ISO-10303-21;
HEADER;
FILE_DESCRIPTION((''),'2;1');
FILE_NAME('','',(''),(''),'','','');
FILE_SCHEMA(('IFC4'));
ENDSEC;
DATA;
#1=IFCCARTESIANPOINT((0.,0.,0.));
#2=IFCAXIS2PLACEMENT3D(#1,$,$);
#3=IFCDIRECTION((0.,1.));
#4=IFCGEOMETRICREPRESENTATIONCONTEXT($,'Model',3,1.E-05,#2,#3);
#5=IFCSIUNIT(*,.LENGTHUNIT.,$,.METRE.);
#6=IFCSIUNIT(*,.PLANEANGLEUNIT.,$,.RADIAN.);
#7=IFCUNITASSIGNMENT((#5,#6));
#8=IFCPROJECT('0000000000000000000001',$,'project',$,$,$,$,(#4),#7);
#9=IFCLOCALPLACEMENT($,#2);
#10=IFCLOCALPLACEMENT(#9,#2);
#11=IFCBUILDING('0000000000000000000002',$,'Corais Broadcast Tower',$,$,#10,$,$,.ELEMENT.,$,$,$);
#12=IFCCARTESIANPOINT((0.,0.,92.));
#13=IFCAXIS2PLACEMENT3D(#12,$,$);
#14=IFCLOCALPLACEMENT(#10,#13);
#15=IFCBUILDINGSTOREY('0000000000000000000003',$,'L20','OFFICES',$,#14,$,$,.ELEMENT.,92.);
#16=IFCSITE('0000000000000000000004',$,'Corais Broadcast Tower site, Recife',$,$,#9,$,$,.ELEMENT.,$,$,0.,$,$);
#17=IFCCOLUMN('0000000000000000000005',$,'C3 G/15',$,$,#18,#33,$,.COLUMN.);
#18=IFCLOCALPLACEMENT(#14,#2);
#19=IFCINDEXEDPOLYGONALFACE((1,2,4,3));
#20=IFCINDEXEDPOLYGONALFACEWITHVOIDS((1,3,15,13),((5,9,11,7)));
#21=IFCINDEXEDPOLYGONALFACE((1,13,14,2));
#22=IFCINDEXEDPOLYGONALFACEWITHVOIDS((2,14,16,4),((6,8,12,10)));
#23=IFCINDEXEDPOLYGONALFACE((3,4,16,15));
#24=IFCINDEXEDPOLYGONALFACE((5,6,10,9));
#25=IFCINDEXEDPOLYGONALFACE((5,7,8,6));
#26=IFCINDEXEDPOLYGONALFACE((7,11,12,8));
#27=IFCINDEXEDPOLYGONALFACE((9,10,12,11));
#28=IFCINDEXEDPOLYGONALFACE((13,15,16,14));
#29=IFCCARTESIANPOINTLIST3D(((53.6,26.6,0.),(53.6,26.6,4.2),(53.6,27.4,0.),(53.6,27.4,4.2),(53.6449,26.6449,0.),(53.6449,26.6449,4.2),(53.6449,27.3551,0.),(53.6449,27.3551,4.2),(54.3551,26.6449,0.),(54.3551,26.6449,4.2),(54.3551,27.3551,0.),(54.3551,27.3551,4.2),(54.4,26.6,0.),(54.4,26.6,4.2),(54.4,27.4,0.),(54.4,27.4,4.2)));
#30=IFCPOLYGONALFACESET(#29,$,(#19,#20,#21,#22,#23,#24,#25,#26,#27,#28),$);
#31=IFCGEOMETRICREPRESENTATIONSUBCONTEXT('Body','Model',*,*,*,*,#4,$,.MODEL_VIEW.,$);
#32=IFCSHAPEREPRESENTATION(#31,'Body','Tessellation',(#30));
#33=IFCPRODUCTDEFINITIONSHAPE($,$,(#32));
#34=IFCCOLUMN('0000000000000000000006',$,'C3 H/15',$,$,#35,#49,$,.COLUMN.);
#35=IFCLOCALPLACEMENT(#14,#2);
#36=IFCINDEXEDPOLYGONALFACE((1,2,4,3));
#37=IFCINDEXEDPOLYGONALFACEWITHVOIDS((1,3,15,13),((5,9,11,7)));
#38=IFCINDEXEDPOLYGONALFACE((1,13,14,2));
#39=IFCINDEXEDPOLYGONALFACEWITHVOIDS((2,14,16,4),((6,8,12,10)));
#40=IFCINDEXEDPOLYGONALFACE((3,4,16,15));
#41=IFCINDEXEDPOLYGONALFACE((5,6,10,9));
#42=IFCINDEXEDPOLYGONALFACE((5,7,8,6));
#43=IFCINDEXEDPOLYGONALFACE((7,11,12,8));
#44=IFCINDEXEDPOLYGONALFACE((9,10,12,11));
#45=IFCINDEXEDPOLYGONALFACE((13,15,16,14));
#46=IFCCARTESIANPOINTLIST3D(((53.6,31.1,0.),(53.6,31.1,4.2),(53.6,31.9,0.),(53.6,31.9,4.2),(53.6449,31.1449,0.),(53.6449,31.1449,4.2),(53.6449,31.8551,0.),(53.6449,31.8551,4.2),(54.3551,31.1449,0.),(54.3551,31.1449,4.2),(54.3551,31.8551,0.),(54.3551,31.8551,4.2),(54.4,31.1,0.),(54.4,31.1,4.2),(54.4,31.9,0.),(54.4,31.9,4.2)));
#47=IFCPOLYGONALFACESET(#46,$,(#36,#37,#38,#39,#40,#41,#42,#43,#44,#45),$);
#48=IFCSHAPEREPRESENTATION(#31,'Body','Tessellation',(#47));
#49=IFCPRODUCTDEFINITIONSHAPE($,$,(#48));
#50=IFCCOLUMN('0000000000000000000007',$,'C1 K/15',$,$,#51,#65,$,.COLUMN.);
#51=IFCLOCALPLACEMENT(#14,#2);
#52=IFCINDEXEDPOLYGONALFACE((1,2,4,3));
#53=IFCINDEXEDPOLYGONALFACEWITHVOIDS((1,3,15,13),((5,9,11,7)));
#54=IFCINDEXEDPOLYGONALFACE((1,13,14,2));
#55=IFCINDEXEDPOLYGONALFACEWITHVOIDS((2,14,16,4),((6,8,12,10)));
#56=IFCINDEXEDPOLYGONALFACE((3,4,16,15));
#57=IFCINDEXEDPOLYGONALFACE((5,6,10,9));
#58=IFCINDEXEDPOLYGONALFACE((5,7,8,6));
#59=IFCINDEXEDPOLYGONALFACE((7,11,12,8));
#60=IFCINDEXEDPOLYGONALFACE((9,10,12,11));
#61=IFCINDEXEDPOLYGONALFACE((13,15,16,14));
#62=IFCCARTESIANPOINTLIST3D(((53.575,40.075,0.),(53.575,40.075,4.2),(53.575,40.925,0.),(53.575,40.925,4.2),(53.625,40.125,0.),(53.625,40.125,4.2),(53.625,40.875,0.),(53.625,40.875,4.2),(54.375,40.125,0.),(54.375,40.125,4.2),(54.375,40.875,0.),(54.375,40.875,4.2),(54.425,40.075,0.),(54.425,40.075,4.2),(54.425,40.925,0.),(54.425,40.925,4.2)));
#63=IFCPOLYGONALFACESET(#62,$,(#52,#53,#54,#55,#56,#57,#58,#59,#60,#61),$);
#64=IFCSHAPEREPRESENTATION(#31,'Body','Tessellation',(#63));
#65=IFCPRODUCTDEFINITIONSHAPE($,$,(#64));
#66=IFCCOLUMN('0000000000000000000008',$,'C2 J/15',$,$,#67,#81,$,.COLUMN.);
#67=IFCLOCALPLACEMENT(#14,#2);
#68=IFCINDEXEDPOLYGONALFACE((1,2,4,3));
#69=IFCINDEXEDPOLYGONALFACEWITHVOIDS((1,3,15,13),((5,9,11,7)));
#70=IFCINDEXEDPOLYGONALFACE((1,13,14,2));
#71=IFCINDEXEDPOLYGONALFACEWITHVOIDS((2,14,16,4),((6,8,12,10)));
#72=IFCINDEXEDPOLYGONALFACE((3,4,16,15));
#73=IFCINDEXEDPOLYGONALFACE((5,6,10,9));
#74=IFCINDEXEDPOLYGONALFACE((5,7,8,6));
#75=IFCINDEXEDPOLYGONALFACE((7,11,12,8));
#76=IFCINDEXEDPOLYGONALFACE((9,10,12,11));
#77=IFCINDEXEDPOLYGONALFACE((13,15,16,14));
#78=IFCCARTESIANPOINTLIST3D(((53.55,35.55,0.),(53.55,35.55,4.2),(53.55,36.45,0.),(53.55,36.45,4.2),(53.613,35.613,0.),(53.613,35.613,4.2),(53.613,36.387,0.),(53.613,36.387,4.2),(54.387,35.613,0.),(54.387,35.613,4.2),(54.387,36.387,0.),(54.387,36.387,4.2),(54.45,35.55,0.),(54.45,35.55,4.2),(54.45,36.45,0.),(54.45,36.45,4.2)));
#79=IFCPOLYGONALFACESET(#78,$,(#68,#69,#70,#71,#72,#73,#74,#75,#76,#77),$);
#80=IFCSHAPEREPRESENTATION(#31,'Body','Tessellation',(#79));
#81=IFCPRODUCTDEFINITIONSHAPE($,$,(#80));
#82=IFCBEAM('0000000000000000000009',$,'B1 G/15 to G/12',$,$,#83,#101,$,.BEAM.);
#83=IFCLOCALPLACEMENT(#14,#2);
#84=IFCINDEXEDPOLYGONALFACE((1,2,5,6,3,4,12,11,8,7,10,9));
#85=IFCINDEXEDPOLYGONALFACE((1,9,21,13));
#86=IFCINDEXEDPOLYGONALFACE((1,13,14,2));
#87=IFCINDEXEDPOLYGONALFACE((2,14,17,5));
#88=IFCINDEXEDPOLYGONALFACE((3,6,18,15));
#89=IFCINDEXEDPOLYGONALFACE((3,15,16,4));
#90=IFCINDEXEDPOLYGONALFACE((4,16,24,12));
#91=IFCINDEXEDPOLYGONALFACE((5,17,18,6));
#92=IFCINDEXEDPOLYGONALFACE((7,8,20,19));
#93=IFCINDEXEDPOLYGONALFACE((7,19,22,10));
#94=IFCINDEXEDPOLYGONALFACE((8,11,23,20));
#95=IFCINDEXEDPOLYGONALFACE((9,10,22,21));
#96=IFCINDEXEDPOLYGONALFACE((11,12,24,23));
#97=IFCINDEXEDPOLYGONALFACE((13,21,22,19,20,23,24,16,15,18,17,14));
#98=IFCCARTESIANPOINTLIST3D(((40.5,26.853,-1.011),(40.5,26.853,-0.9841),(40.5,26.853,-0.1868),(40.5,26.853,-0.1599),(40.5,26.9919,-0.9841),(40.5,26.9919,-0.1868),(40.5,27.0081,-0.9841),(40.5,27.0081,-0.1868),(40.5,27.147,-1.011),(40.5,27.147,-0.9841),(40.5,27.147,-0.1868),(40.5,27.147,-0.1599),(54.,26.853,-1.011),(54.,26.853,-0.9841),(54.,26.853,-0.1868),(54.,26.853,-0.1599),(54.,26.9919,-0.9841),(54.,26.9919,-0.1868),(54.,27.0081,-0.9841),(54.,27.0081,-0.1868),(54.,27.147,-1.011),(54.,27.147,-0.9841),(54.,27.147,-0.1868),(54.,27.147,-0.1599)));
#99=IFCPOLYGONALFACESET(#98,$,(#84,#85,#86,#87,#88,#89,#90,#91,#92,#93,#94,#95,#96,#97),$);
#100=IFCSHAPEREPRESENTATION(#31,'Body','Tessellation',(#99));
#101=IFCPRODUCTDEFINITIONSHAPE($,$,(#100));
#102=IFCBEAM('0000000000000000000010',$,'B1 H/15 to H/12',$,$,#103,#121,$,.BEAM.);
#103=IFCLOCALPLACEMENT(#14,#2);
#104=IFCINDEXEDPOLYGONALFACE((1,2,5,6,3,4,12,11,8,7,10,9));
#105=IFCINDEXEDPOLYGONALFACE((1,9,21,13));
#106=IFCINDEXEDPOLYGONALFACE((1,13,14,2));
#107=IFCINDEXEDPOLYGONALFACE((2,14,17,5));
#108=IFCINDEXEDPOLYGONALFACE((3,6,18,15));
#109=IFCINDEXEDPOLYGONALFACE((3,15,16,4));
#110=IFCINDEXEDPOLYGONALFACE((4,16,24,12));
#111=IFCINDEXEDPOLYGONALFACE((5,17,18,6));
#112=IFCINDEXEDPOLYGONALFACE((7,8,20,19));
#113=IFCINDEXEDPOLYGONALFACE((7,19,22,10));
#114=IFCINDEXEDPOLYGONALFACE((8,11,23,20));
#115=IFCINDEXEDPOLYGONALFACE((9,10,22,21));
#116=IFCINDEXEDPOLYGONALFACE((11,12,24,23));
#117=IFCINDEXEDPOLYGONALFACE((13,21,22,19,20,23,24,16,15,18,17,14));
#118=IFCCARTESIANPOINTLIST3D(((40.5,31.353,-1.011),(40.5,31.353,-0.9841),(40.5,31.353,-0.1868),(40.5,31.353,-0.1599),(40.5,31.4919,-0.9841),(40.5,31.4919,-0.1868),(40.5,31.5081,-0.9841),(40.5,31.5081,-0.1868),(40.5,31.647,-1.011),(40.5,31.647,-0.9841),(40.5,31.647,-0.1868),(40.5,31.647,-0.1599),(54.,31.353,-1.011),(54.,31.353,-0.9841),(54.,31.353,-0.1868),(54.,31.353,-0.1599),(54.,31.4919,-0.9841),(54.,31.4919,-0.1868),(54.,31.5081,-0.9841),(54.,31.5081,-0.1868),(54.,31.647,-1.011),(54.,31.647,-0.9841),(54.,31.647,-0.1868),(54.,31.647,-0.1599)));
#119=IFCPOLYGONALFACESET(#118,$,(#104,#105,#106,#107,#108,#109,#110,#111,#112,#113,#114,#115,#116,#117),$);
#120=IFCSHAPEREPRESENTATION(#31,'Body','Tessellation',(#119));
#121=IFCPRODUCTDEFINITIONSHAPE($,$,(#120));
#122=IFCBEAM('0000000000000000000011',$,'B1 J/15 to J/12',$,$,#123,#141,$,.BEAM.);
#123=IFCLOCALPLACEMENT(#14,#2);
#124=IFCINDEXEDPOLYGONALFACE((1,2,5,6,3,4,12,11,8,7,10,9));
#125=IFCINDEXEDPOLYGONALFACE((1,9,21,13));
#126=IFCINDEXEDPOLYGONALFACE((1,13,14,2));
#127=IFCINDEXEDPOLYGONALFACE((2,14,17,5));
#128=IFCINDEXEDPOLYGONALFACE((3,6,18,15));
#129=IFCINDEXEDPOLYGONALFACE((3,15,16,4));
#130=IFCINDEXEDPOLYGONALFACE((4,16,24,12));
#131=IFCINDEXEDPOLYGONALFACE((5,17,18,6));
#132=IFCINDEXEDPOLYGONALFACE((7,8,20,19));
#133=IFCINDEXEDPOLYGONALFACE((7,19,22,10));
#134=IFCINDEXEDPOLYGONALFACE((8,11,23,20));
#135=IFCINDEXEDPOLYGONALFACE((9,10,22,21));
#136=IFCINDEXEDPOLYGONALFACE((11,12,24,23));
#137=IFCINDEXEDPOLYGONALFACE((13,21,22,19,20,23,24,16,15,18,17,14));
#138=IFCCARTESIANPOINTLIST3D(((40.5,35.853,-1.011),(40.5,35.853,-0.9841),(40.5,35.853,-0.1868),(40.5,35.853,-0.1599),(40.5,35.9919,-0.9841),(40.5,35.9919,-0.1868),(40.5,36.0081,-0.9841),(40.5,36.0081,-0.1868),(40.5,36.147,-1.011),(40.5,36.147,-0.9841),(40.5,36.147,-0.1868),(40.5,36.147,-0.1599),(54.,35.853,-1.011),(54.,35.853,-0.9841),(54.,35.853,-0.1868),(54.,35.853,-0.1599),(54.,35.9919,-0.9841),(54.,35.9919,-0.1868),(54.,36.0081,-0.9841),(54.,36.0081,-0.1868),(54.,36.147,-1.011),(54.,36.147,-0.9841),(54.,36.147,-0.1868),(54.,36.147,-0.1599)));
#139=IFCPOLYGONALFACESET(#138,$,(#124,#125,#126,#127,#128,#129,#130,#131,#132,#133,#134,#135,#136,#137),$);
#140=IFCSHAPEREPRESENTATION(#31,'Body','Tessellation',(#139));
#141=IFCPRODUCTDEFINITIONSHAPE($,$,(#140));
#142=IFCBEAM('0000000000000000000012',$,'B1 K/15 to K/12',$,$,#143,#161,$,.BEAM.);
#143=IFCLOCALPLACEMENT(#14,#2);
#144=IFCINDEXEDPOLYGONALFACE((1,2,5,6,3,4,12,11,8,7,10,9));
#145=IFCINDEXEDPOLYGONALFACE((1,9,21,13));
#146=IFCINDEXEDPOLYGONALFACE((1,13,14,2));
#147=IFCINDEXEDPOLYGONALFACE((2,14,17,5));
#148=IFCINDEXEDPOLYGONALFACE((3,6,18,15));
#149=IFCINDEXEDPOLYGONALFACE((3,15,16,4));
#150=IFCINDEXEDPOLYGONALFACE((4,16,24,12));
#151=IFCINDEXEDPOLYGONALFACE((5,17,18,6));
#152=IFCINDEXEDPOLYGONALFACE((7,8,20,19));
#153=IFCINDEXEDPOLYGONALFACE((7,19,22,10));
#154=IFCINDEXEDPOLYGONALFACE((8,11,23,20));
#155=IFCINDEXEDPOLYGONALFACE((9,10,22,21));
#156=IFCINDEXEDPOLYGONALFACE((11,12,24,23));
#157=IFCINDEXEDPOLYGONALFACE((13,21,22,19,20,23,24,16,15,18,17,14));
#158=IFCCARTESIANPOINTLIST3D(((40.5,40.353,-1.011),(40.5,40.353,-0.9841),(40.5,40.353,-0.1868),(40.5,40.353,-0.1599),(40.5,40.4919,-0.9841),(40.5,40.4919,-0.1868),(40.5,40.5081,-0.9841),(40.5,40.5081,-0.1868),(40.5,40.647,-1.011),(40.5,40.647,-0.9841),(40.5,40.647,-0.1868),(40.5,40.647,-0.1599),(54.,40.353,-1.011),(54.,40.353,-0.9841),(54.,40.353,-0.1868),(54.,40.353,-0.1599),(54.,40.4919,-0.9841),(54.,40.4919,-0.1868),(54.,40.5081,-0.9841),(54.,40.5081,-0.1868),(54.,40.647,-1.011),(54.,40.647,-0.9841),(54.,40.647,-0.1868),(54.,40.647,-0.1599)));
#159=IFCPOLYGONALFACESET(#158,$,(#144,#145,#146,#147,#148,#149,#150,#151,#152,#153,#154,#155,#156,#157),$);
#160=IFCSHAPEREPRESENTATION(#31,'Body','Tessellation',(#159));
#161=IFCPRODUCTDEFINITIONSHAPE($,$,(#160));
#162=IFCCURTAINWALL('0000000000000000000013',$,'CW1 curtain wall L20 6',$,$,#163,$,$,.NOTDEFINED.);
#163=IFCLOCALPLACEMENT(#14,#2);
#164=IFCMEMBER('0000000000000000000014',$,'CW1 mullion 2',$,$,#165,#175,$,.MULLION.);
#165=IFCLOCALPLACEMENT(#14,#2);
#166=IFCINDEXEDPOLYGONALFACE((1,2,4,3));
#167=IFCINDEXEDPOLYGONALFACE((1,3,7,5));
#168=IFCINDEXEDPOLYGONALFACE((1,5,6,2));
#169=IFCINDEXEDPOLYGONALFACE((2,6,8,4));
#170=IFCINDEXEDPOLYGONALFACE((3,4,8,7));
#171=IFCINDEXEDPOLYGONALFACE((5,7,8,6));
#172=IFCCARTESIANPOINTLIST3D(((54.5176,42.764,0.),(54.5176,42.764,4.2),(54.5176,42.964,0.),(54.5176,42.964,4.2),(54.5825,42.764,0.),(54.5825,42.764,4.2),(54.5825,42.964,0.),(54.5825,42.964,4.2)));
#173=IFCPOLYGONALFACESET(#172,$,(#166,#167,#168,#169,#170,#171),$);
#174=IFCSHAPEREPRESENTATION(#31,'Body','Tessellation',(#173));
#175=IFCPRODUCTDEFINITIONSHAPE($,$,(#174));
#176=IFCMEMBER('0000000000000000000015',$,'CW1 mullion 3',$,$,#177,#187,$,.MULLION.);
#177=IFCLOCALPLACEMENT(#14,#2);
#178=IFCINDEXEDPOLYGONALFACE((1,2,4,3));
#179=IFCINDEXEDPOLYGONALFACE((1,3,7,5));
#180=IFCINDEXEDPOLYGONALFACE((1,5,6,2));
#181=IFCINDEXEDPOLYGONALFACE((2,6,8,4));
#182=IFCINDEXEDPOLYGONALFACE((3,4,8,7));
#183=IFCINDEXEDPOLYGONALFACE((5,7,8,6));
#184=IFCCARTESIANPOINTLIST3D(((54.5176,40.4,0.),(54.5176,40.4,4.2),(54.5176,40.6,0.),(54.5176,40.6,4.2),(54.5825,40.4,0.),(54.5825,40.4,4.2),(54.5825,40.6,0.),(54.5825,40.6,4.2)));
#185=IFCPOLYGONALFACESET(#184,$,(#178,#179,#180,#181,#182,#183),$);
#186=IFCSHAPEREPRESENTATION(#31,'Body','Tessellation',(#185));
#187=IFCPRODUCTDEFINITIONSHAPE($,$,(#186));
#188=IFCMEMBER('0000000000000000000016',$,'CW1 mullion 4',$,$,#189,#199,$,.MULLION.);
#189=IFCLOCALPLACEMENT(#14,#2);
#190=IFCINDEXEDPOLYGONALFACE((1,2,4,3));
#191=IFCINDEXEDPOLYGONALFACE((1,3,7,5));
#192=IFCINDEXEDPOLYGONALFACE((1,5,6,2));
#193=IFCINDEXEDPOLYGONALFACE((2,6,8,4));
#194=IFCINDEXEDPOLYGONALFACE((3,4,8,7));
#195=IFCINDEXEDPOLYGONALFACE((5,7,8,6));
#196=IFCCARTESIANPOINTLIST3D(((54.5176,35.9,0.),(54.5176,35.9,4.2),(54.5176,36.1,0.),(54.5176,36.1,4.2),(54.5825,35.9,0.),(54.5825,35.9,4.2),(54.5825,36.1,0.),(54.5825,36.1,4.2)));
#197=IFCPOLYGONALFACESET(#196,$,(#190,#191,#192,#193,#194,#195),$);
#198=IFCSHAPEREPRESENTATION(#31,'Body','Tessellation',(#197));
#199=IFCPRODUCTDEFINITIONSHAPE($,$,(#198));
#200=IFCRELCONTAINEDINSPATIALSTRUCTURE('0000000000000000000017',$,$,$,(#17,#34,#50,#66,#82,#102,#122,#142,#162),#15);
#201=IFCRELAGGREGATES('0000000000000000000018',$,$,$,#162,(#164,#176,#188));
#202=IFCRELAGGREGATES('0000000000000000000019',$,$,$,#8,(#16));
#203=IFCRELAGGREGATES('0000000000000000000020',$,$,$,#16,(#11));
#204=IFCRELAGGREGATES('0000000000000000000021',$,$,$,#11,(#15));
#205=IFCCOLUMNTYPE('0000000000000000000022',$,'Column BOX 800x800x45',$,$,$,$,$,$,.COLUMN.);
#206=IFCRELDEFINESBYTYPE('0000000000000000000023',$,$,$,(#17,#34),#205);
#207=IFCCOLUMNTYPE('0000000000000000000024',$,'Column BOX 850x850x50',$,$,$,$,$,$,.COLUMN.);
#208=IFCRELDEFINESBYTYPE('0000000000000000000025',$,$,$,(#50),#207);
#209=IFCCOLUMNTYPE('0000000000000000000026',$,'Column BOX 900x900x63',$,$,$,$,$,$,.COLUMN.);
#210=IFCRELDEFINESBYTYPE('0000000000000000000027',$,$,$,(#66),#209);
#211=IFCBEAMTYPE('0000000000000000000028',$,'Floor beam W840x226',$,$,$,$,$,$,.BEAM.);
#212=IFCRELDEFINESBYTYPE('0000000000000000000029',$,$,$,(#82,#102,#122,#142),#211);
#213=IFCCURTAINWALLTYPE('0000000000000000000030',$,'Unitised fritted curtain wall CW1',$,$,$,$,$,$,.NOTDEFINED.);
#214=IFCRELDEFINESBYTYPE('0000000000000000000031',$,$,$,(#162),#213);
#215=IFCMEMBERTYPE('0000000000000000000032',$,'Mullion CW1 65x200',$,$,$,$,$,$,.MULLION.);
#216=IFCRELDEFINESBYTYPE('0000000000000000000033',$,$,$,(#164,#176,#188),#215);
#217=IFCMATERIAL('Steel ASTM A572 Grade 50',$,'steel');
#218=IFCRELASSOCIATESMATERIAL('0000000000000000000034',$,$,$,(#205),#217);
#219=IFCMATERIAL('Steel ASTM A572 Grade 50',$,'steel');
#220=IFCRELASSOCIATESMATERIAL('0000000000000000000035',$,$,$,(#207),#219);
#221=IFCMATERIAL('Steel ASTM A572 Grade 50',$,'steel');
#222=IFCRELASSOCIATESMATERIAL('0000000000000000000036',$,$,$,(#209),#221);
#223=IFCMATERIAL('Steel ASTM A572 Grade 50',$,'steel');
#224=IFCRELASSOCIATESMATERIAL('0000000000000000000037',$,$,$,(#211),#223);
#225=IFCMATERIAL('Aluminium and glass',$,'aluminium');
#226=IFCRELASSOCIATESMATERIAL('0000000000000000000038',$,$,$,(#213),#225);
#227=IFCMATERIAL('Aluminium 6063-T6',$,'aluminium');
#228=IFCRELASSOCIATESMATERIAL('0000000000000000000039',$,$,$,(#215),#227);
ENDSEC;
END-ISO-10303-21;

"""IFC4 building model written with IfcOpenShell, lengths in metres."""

from ifc_helpers import new_model, si_unit, direction, frame, origin, origin_2d, place, context, subcontext, project, spatial, rectangle, hollow_rectangle, i_section, extrude, material, material_profile, profile_set, type_object, element, aggregate, save


model = new_model("IFC4")

# Units and contexts
model_context = context("Model", 3, precision=1e-05, world=origin(), true_north=direction((0.0, 1.0)))
body_context = subcontext(model_context, "Body", "Model", "MODEL_VIEW")
ifc_project = project(units=[si_unit("LENGTHUNIT", "METRE"), si_unit("PLANEANGLEUNIT", "RADIAN")], contexts=[model_context])

# Site, building, storey
site_placement = place(None, origin())
site = spatial("IfcSite", under=ifc_project, at=site_placement, Name="Corais Broadcast Tower site, Recife", CompositionType="ELEMENT", RefElevation=0.0)
building_placement = place(site_placement, origin())
building = spatial("IfcBuilding", under=site, at=building_placement, Name="Corais Broadcast Tower", CompositionType="ELEMENT")
storey_placement = place(building_placement, frame((0.0, 0.0, 92.0)))
storey = spatial("IfcBuildingStorey", under=building, at=storey_placement, Name="L20", Description="OFFICES", CompositionType="ELEMENT", Elevation=92.0)

# Columns
ifc_material_1 = material(Name="Steel ASTM A572 Grade 50", Category="steel")
ifc_material_profile_1 = material_profile(ifc_material_1, hollow_rectangle(XDim=0.8, YDim=0.8, WallThickness=0.0449, at=origin_2d()), Name="BOX 800x800x45")
ifc_profile_set_1 = profile_set([ifc_material_profile_1], Name="Steel ASTM A572 Grade 50")
column_type_1 = type_object("IfcColumnType", Name="Column BOX 800x800x45", PredefinedType="COLUMN", material=ifc_profile_set_1)
for number, where, z_axis, x_axis, name in (
    (1, (54.0, 27.0, 0.0), (0.0, 0.0, 1.0), (1.0, 0.0, 0.0), "C3 G/15"),
    (2, (54.0, 31.5, 0.0), (0.0, 0.0, 1.0), (1.0, 0.0, 0.0), "C3 H/15"),
):
    element("IfcColumn", number, at=place(storey_placement, frame(where, z_axis=z_axis, x_axis=x_axis)), inside=storey, type_object=column_type_1, Name=name, PredefinedType="COLUMN", context=body_context, shape_type="SweptSolid", body=[
        extrude(hollow_rectangle(XDim=0.8, YDim=0.8, WallThickness=0.0449, at=origin_2d()), origin(), (0.0, 0.0, 1.0), 4.2),
    ])
ifc_material_2 = material(Name="Steel ASTM A572 Grade 50", Category="steel")
ifc_material_profile_2 = material_profile(ifc_material_2, hollow_rectangle(XDim=0.8501, YDim=0.8501, WallThickness=0.05, at=origin_2d()), Name="BOX 850x850x50")
ifc_profile_set_2 = profile_set([ifc_material_profile_2], Name="Steel ASTM A572 Grade 50")
column_type_2 = type_object("IfcColumnType", Name="Column BOX 850x850x50", PredefinedType="COLUMN", material=ifc_profile_set_2)
column_1_placement = place(storey_placement, frame((54.0, 40.5, 0.0), z_axis=(0.0, 0.0, 1.0), x_axis=(1.0, 0.0, 0.0)))
element("IfcColumn", 3, at=column_1_placement, inside=storey, type_object=column_type_2, Name="C1 K/15", PredefinedType="COLUMN", context=body_context, shape_type="SweptSolid", body=[
    extrude(hollow_rectangle(XDim=0.8501, YDim=0.8501, WallThickness=0.05, at=origin_2d()), origin(), (0.0, 0.0, 1.0), 4.2),
])
ifc_material_3 = material(Name="Steel ASTM A572 Grade 50", Category="steel")
ifc_material_profile_3 = material_profile(ifc_material_3, hollow_rectangle(XDim=0.8999, YDim=0.8999, WallThickness=0.063, at=origin_2d()), Name="BOX 900x900x63")
ifc_profile_set_3 = profile_set([ifc_material_profile_3], Name="Steel ASTM A572 Grade 50")
column_type_3 = type_object("IfcColumnType", Name="Column BOX 900x900x63", PredefinedType="COLUMN", material=ifc_profile_set_3)
column_2_placement = place(storey_placement, frame((54.0, 36.0, 0.0), z_axis=(0.0, 0.0, 1.0), x_axis=(1.0, 0.0, 0.0)))
element("IfcColumn", 4, at=column_2_placement, inside=storey, type_object=column_type_3, Name="C2 J/15", PredefinedType="COLUMN", context=body_context, shape_type="SweptSolid", body=[
    extrude(hollow_rectangle(XDim=0.8999, YDim=0.8999, WallThickness=0.063, at=origin_2d()), origin(), (0.0, 0.0, 1.0), 4.2),
])

# Beams
ifc_material_4 = material(Name="Steel ASTM A572 Grade 50", Category="steel")
ifc_material_profile_4 = material_profile(ifc_material_4, i_section(OverallWidth=0.2939, OverallDepth=0.8511, WebThickness=0.0161, FlangeThickness=0.0269, at=origin_2d()), Name="W840x226")
ifc_profile_set_4 = profile_set([ifc_material_profile_4], Name="Steel ASTM A572 Grade 50")
beam_type_1 = type_object("IfcBeamType", Name="Floor beam W840x226", PredefinedType="BEAM", material=ifc_profile_set_4)
for number, where, z_axis, x_axis, name in (
    (5, (54.0, 27.0, -0.5854), (-1.0, 0.0, 0.0), (0.0, -1.0, 0.0), "B1 G/15 to G/12"),
    (6, (54.0, 31.5, -0.5854), (-1.0, 0.0, 0.0), (0.0, -1.0, 0.0), "B1 H/15 to H/12"),
    (7, (54.0, 36.0, -0.5854), (-1.0, 0.0, 0.0), (0.0, -1.0, 0.0), "B1 J/15 to J/12"),
    (8, (54.0, 40.5, -0.5854), (-1.0, 0.0, 0.0), (0.0, -1.0, 0.0), "B1 K/15 to K/12"),
):
    element("IfcBeam", number, at=place(storey_placement, frame(where, z_axis=z_axis, x_axis=x_axis)), inside=storey, type_object=beam_type_1, Name=name, PredefinedType="BEAM", context=body_context, shape_type="SweptSolid", body=[
        extrude(i_section(OverallWidth=0.2939, OverallDepth=0.8511, WebThickness=0.0161, FlangeThickness=0.0269, at=origin_2d()), origin(), (0.0, 0.0, 1.0), 13.5),
    ])

# Curtain wall, members
ifc_material_5 = material(Name="Aluminium and glass", Category="aluminium")
curtain_wall_type = type_object("IfcCurtainWallType", Name="Unitised fritted curtain wall CW1", PredefinedType="NOTDEFINED", material=ifc_material_5)
curtain_wall_placement = place(storey_placement, origin())
curtain_wall = element("IfcCurtainWall", 9, at=curtain_wall_placement, inside=storey, type_object=curtain_wall_type, Name="CW1 curtain wall L20 6", PredefinedType="NOTDEFINED")
ifc_material_6 = material(Name="Aluminium 6063-T6", Category="aluminium")
ifc_material_profile_5 = material_profile(ifc_material_6, rectangle(XDim=0.0649, YDim=0.2, at=origin_2d()), Name="Mullion CW1 65x200")
ifc_profile_set_5 = profile_set([ifc_material_profile_5], Name="Aluminium 6063-T6")
member_type_1 = type_object("IfcMemberType", Name="Mullion CW1 65x200", PredefinedType="MULLION", material=ifc_profile_set_5)
member_1_placement = place(storey_placement, frame((54.55, 42.864, 0.0), z_axis=(0.0, 0.0, 1.0), x_axis=(1.0, 0.0, 0.0)))
member_1 = element("IfcMember", 10, at=member_1_placement, type_object=member_type_1, Name="CW1 mullion 2", PredefinedType="MULLION", context=body_context, shape_type="SweptSolid", body=[
    extrude(rectangle(XDim=0.0649, YDim=0.2, at=origin_2d()), origin(), (0.0, 0.0, 1.0), 4.2),
])
member_2_placement = place(storey_placement, frame((54.55, 40.5, 0.0), z_axis=(0.0, 0.0, 1.0), x_axis=(1.0, 0.0, 0.0)))
member_2 = element("IfcMember", 11, at=member_2_placement, type_object=member_type_1, Name="CW1 mullion 3", PredefinedType="MULLION", context=body_context, shape_type="SweptSolid", body=[
    extrude(rectangle(XDim=0.0649, YDim=0.2, at=origin_2d()), origin(), (0.0, 0.0, 1.0), 4.2),
])
member_3_placement = place(storey_placement, frame((54.55, 36.0, 0.0), z_axis=(0.0, 0.0, 1.0), x_axis=(1.0, 0.0, 0.0)))
member_3 = element("IfcMember", 12, at=member_3_placement, type_object=member_type_1, Name="CW1 mullion 4", PredefinedType="MULLION", context=body_context, shape_type="SweptSolid", body=[
    extrude(rectangle(XDim=0.0649, YDim=0.2, at=origin_2d()), origin(), (0.0, 0.0, 1.0), 4.2),
])

aggregate(curtain_wall, [member_1, member_2, member_3])

save(model, "model.ifc")
